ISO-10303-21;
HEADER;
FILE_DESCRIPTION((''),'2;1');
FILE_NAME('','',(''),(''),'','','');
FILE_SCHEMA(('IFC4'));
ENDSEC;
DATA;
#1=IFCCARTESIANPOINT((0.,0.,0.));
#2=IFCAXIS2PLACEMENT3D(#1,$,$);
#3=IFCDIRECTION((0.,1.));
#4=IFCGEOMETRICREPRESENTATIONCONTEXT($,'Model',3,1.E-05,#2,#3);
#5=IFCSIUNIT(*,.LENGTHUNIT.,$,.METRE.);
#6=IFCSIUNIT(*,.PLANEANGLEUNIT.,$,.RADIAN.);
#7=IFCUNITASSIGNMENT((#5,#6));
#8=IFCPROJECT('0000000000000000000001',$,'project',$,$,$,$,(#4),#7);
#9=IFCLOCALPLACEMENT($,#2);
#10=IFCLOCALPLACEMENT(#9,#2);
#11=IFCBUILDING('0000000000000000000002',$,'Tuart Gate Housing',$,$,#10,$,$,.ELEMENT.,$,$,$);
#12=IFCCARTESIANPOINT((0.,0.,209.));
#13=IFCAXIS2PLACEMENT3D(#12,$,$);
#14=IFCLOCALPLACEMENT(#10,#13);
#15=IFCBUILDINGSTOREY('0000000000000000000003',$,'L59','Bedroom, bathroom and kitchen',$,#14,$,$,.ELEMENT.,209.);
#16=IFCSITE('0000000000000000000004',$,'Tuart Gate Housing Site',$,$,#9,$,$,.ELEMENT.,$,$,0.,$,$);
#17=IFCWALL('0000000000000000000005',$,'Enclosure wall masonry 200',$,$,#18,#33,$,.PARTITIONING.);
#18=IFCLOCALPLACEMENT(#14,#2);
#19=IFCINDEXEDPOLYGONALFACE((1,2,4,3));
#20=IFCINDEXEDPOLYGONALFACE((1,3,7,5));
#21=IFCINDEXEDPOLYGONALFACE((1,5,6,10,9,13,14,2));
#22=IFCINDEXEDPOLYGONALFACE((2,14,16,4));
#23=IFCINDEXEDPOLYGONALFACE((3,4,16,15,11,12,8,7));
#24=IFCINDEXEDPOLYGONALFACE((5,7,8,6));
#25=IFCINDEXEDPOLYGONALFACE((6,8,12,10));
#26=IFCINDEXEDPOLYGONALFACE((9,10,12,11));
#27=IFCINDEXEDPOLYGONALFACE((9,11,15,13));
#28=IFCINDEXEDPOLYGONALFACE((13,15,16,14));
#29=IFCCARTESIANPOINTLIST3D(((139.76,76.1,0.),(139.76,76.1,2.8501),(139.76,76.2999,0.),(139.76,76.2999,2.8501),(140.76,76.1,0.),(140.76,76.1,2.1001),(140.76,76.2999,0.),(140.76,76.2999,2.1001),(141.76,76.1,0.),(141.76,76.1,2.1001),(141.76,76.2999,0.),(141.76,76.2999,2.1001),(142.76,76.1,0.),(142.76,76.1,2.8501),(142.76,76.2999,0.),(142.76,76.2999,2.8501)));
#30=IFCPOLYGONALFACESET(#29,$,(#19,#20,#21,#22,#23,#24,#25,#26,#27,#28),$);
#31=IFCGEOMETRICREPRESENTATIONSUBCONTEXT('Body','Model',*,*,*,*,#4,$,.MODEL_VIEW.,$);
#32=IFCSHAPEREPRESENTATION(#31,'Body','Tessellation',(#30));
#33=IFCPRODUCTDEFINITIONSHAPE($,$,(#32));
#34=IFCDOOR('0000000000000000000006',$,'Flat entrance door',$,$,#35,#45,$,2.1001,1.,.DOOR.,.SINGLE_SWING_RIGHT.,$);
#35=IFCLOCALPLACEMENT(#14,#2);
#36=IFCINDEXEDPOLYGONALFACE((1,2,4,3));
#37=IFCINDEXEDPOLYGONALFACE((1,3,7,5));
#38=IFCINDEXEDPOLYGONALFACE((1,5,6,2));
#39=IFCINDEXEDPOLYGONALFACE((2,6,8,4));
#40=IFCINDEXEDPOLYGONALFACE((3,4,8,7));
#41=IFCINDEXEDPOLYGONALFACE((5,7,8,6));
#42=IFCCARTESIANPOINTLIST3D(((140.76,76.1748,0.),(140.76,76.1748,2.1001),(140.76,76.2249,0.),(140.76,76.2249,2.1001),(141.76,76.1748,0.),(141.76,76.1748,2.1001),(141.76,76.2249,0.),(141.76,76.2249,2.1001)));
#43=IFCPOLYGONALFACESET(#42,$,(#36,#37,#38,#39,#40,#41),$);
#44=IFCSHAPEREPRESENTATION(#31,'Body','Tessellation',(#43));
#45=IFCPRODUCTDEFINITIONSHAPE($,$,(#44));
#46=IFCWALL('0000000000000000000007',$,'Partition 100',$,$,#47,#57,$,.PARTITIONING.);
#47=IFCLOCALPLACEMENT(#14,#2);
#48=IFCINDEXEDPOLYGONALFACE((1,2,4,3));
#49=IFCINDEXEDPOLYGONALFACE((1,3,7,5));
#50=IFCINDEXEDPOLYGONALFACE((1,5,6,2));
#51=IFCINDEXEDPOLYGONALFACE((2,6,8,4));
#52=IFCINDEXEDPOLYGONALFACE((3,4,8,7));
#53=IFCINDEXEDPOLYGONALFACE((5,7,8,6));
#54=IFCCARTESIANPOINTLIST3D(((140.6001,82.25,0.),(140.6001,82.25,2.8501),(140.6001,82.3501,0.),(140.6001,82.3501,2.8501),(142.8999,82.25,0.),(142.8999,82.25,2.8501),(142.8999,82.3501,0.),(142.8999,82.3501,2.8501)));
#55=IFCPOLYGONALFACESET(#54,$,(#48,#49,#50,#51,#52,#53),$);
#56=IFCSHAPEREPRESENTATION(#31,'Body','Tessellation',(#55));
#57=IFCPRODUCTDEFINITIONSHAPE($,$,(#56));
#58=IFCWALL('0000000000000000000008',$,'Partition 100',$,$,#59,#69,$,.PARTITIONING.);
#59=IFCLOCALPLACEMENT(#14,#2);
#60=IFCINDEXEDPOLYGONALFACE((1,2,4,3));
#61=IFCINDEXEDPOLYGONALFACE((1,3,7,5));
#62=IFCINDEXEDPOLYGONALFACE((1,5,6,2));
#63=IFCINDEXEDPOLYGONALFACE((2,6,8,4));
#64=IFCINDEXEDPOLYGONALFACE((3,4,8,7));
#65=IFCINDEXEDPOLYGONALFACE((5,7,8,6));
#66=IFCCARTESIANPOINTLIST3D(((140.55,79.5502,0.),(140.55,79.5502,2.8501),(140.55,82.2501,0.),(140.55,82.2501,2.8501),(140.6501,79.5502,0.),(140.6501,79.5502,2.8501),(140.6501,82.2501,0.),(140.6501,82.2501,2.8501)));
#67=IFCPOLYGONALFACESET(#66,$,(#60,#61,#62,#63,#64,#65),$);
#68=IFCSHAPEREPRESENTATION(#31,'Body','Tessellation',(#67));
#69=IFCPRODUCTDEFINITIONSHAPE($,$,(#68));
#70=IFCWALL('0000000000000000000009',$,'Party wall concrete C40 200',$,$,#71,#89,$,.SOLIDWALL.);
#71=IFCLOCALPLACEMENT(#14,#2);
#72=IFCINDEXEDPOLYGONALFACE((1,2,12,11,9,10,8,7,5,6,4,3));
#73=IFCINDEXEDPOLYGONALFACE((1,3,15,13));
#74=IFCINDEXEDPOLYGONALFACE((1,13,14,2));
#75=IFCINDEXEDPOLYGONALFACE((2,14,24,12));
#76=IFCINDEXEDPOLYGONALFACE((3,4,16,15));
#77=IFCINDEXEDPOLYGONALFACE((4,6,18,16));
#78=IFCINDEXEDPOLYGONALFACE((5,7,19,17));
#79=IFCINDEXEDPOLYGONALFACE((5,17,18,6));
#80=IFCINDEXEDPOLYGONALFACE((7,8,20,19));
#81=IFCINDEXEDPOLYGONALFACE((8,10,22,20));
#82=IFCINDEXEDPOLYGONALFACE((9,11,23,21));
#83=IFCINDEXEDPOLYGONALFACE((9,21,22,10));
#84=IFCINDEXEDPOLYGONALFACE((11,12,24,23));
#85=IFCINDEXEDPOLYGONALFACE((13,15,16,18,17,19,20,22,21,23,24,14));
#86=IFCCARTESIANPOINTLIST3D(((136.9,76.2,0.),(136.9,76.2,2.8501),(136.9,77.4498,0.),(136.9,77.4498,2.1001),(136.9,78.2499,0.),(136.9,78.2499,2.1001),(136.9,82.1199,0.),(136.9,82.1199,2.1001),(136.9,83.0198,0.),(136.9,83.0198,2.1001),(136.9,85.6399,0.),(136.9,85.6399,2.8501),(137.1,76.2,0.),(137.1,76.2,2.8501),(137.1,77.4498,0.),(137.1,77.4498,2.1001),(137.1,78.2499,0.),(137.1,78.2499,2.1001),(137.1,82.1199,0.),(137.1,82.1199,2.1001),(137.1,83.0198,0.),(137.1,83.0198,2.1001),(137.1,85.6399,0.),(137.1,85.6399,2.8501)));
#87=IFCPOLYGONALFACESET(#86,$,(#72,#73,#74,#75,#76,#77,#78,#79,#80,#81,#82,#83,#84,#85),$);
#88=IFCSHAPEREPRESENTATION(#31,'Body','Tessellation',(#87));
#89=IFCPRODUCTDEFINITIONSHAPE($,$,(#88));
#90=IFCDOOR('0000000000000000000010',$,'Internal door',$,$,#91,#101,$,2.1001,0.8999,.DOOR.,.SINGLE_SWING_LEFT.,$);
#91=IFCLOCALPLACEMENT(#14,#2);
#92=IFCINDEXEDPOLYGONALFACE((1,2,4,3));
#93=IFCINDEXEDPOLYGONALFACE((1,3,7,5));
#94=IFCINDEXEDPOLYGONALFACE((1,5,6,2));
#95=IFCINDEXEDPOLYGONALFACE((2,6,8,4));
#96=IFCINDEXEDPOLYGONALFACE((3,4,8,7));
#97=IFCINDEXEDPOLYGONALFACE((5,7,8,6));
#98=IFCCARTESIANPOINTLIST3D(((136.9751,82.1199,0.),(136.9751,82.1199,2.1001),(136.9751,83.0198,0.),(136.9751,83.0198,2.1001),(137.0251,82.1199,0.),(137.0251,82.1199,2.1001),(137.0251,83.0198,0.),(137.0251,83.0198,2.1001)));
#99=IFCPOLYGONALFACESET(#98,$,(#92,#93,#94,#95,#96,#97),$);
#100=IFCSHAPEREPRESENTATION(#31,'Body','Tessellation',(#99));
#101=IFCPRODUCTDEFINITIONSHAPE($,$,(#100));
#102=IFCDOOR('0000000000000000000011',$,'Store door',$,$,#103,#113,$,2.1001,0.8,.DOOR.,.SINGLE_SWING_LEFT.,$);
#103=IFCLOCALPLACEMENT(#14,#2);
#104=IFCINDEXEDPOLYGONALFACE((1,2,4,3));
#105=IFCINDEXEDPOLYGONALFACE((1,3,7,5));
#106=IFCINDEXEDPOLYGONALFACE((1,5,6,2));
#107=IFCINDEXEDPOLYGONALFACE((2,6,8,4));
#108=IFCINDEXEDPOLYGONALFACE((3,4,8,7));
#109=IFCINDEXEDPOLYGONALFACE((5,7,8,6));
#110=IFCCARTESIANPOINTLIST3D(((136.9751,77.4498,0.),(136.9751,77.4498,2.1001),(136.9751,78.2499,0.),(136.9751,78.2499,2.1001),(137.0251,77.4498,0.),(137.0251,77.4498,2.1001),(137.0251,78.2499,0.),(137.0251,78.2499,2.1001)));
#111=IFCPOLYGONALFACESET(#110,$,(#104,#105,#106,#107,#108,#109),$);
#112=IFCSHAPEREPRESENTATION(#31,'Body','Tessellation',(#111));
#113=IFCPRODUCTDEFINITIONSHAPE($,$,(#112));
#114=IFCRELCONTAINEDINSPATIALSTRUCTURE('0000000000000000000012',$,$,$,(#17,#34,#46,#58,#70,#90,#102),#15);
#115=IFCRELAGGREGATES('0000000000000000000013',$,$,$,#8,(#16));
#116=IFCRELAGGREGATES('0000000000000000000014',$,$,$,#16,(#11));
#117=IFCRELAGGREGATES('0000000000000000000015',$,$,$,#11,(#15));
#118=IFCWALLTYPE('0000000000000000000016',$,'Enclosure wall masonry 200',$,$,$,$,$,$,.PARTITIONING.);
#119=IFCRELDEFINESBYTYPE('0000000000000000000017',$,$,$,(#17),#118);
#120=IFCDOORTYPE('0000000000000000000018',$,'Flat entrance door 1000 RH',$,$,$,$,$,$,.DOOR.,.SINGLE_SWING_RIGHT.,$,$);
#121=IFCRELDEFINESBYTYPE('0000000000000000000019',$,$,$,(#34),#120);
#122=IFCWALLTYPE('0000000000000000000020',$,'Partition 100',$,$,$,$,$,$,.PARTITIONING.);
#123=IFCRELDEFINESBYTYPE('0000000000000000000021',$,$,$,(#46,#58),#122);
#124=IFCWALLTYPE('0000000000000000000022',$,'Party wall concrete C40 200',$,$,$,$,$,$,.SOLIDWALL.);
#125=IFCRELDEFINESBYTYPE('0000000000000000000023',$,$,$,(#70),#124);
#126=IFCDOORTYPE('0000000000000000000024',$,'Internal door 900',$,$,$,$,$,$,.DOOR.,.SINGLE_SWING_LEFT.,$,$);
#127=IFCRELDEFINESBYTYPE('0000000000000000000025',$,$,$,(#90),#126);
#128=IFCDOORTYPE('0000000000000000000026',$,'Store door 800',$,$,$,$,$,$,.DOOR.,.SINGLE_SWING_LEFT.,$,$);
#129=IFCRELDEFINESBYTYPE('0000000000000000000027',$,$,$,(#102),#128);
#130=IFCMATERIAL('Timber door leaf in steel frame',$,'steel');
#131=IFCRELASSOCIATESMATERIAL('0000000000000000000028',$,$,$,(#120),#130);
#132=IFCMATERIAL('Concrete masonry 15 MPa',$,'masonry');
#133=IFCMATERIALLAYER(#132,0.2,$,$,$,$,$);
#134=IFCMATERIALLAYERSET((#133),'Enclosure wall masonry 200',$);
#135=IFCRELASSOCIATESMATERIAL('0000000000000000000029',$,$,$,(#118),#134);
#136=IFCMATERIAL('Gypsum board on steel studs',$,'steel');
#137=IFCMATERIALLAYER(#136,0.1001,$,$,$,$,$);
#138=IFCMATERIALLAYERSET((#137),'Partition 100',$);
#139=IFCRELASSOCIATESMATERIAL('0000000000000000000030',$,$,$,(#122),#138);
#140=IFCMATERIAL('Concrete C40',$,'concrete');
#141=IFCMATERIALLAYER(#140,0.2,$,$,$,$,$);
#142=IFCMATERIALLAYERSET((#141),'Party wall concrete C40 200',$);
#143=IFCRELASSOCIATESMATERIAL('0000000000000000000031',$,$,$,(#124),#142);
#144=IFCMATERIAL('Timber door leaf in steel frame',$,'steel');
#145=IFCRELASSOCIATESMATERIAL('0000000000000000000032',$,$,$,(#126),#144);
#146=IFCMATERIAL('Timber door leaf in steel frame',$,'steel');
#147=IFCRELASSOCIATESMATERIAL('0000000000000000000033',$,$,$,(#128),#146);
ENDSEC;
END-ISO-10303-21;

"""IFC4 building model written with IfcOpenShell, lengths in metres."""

from ifc_helpers import new_model, si_unit, direction, frame, frame_2d, origin, place, context, subcontext, project, spatial, rectangle, extrude, material, layer, layer_set, type_object, element, fill, save


model = new_model("IFC4")

# Units and contexts
model_context = context("Model", 3, precision=1e-05, world=origin(), true_north=direction((0.0, 1.0)))
body_context = subcontext(model_context, "Body", "Model", "MODEL_VIEW")
ifc_project = project(units=[si_unit("LENGTHUNIT", "METRE"), si_unit("PLANEANGLEUNIT", "RADIAN")], contexts=[model_context])

# Site, building, storey
site_placement = place(None, origin())
site = spatial("IfcSite", under=ifc_project, at=site_placement, Name="Tuart Gate Housing Site", CompositionType="ELEMENT", RefElevation=0.0)
building_placement = place(site_placement, origin())
building = spatial("IfcBuilding", under=site, at=building_placement, Name="Tuart Gate Housing", CompositionType="ELEMENT")
storey_placement = place(building_placement, frame((0.0, 0.0, 209.0)))
storey = spatial("IfcBuildingStorey", under=building, at=storey_placement, Name="L59", Description="Bedroom, bathroom and kitchen", CompositionType="ELEMENT", Elevation=209.0)

# Shared definitions
ifc_material_1 = material(Name="Timber door leaf in steel frame", Category="steel")
door_type_1 = type_object("IfcDoorType", Name="Flat entrance door 1000 RH", OperationType="SINGLE_SWING_RIGHT", PredefinedType="DOOR", material=ifc_material_1)

# Wall, opening, door
ifc_material_2 = material(Name="Concrete masonry 15 MPa", Category="masonry")
ifc_layer_1 = layer(ifc_material_2, 0.2)
ifc_layer_set_1 = layer_set([ifc_layer_1], Name="Enclosure wall masonry 200")
wall_type_1 = type_object("IfcWallType", Name="Enclosure wall masonry 200", PredefinedType="PARTITIONING", material=ifc_layer_set_1)
wall_1_placement = place(storey_placement, frame((139.76, 76.2, 0.0), z_axis=(0.0, 0.0, 1.0), x_axis=(1.0, 0.0, 0.0)))
wall_1 = element("IfcWall", 1, at=wall_1_placement, inside=storey, type_object=wall_type_1, Name="Enclosure wall masonry 200", PredefinedType="PARTITIONING", context=body_context, shape_type="SweptSolid", body=[
    extrude(rectangle(XDim=3.0, YDim=0.2, at=frame_2d((1.5, 0.0))), origin(), (0.0, 0.0, 1.0), 2.8501),
])
opening_1_placement = place(wall_1_placement, frame((1.0, 0.0, 0.0)))
opening_1 = element("IfcOpeningElement", 2, at=opening_1_placement, cuts=wall_1, PredefinedType="OPENING", context=body_context, shape_type="SweptSolid", body=[
    extrude(rectangle(XDim=1.0, YDim=2.1001, at=frame_2d((0.5, 1.05))), frame((0.0, 0.1099, 0.0), z_axis=(0.0, -1.0, 0.0), x_axis=(1.0, 0.0, 0.0)), (0.0, 0.0, 1.0), 0.22),
])
door_1_placement = place(opening_1_placement, origin())
door_1 = element("IfcDoor", 3, at=door_1_placement, inside=storey, type_object=door_type_1, Name="Flat entrance door", OperationType="SINGLE_SWING_RIGHT", OverallHeight=2.1001, OverallWidth=1.0, PredefinedType="DOOR", context=body_context, shape_type="SweptSolid", body=[
    extrude(rectangle(XDim=1.0, YDim=2.1001, at=frame_2d((0.5, 1.05))), frame((0.0, 0.0249, 0.0), z_axis=(0.0, -1.0, 0.0), x_axis=(1.0, 0.0, 0.0)), (0.0, 0.0, 1.0), 0.05),
])
fill(opening_1, door_1)

# Walls
ifc_material_3 = material(Name="Gypsum board on steel studs", Category="steel")
ifc_layer_2 = layer(ifc_material_3, 0.1001)
ifc_layer_set_2 = layer_set([ifc_layer_2], Name="Partition 100")
wall_type_2 = type_object("IfcWallType", Name="Partition 100", PredefinedType="PARTITIONING", material=ifc_layer_set_2)
wall_2_placement = place(storey_placement, frame((140.6001, 82.3, 0.0), z_axis=(0.0, 0.0, 1.0), x_axis=(1.0, 0.0, 0.0)))
element("IfcWall", 4, at=wall_2_placement, inside=storey, type_object=wall_type_2, Name="Partition 100", PredefinedType="PARTITIONING", context=body_context, shape_type="SweptSolid", body=[
    extrude(rectangle(XDim=2.2998, YDim=0.1001, at=frame_2d((1.1499, 0.0))), origin(), (0.0, 0.0, 1.0), 2.8501),
])
wall_3_placement = place(storey_placement, frame((140.6001, 79.55, 0.0), z_axis=(0.0, 0.0, 1.0), x_axis=(0.0, 1.0, 0.0)))
element("IfcWall", 5, at=wall_3_placement, inside=storey, type_object=wall_type_2, Name="Partition 100", PredefinedType="PARTITIONING", context=body_context, shape_type="SweptSolid", body=[
    extrude(rectangle(XDim=2.7, YDim=0.1001, at=frame_2d((1.3501, 0.0))), origin(), (0.0, 0.0, 1.0), 2.8501),
])

# Wall, openings, doors
ifc_material_4 = material(Name="Concrete C40", Category="concrete")
ifc_layer_3 = layer(ifc_material_4, 0.2)
ifc_layer_set_3 = layer_set([ifc_layer_3], Name="Party wall concrete C40 200")
wall_type_3 = type_object("IfcWallType", Name="Party wall concrete C40 200", PredefinedType="SOLIDWALL", material=ifc_layer_set_3)
wall_4_placement = place(storey_placement, frame((137.0, 76.2, 0.0), z_axis=(0.0, 0.0, 1.0), x_axis=(0.0, 1.0, 0.0)))
wall_4 = element("IfcWall", 6, at=wall_4_placement, inside=storey, type_object=wall_type_3, Name="Party wall concrete C40 200", PredefinedType="SOLIDWALL", context=body_context, shape_type="SweptSolid", body=[
    extrude(rectangle(XDim=9.4399, YDim=0.2, at=frame_2d((4.72, 0.0))), origin(), (0.0, 0.0, 1.0), 2.8501),
])
opening_2_placement = place(wall_4_placement, frame((5.9199, 0.0, 0.0)))
opening_2 = element("IfcOpeningElement", 7, at=opening_2_placement, cuts=wall_4, PredefinedType="OPENING", context=body_context, shape_type="SweptSolid", body=[
    extrude(rectangle(XDim=0.8999, YDim=2.1001, at=frame_2d((0.45, 1.05))), frame((0.0, 0.1099, 0.0), z_axis=(0.0, -1.0, 0.0), x_axis=(1.0, 0.0, 0.0)), (0.0, 0.0, 1.0), 0.22),
])
opening_3_placement = place(wall_4_placement, frame((1.25, 0.0, 0.0)))
opening_3 = element("IfcOpeningElement", 8, at=opening_3_placement, cuts=wall_4, PredefinedType="OPENING", context=body_context, shape_type="SweptSolid", body=[
    extrude(rectangle(XDim=0.8, YDim=2.1001, at=frame_2d((0.3999, 1.05))), frame((0.0, 0.1099, 0.0), z_axis=(0.0, -1.0, 0.0), x_axis=(1.0, 0.0, 0.0)), (0.0, 0.0, 1.0), 0.22),
])
ifc_material_5 = material(Name="Timber door leaf in steel frame", Category="steel")
door_type_2 = type_object("IfcDoorType", Name="Internal door 900", OperationType="SINGLE_SWING_LEFT", PredefinedType="DOOR", material=ifc_material_5)
door_2_placement = place(opening_2_placement, origin())
door_2 = element("IfcDoor", 9, at=door_2_placement, inside=storey, type_object=door_type_2, Name="Internal door", OperationType="SINGLE_SWING_LEFT", OverallHeight=2.1001, OverallWidth=0.8999, PredefinedType="DOOR", context=body_context, shape_type="SweptSolid", body=[
    extrude(rectangle(XDim=0.8999, YDim=2.1001, at=frame_2d((0.45, 1.05))), frame((0.0, 0.0249, 0.0), z_axis=(0.0, -1.0, 0.0), x_axis=(1.0, 0.0, 0.0)), (0.0, 0.0, 1.0), 0.05),
])
fill(opening_2, door_2)
ifc_material_6 = material(Name="Timber door leaf in steel frame", Category="steel")
door_type_3 = type_object("IfcDoorType", Name="Store door 800", OperationType="SINGLE_SWING_LEFT", PredefinedType="DOOR", material=ifc_material_6)
door_3_placement = place(opening_3_placement, origin())
door_3 = element("IfcDoor", 10, at=door_3_placement, inside=storey, type_object=door_type_3, Name="Store door", OperationType="SINGLE_SWING_LEFT", OverallHeight=2.1001, OverallWidth=0.8, PredefinedType="DOOR", context=body_context, shape_type="SweptSolid", body=[
    extrude(rectangle(XDim=0.8, YDim=2.1001, at=frame_2d((0.3999, 1.05))), frame((0.0, 0.0249, 0.0), z_axis=(0.0, -1.0, 0.0), x_axis=(1.0, 0.0, 0.0)), (0.0, 0.0, 1.0), 0.05),
])
fill(opening_3, door_3)

save(model, "model.ifc")
